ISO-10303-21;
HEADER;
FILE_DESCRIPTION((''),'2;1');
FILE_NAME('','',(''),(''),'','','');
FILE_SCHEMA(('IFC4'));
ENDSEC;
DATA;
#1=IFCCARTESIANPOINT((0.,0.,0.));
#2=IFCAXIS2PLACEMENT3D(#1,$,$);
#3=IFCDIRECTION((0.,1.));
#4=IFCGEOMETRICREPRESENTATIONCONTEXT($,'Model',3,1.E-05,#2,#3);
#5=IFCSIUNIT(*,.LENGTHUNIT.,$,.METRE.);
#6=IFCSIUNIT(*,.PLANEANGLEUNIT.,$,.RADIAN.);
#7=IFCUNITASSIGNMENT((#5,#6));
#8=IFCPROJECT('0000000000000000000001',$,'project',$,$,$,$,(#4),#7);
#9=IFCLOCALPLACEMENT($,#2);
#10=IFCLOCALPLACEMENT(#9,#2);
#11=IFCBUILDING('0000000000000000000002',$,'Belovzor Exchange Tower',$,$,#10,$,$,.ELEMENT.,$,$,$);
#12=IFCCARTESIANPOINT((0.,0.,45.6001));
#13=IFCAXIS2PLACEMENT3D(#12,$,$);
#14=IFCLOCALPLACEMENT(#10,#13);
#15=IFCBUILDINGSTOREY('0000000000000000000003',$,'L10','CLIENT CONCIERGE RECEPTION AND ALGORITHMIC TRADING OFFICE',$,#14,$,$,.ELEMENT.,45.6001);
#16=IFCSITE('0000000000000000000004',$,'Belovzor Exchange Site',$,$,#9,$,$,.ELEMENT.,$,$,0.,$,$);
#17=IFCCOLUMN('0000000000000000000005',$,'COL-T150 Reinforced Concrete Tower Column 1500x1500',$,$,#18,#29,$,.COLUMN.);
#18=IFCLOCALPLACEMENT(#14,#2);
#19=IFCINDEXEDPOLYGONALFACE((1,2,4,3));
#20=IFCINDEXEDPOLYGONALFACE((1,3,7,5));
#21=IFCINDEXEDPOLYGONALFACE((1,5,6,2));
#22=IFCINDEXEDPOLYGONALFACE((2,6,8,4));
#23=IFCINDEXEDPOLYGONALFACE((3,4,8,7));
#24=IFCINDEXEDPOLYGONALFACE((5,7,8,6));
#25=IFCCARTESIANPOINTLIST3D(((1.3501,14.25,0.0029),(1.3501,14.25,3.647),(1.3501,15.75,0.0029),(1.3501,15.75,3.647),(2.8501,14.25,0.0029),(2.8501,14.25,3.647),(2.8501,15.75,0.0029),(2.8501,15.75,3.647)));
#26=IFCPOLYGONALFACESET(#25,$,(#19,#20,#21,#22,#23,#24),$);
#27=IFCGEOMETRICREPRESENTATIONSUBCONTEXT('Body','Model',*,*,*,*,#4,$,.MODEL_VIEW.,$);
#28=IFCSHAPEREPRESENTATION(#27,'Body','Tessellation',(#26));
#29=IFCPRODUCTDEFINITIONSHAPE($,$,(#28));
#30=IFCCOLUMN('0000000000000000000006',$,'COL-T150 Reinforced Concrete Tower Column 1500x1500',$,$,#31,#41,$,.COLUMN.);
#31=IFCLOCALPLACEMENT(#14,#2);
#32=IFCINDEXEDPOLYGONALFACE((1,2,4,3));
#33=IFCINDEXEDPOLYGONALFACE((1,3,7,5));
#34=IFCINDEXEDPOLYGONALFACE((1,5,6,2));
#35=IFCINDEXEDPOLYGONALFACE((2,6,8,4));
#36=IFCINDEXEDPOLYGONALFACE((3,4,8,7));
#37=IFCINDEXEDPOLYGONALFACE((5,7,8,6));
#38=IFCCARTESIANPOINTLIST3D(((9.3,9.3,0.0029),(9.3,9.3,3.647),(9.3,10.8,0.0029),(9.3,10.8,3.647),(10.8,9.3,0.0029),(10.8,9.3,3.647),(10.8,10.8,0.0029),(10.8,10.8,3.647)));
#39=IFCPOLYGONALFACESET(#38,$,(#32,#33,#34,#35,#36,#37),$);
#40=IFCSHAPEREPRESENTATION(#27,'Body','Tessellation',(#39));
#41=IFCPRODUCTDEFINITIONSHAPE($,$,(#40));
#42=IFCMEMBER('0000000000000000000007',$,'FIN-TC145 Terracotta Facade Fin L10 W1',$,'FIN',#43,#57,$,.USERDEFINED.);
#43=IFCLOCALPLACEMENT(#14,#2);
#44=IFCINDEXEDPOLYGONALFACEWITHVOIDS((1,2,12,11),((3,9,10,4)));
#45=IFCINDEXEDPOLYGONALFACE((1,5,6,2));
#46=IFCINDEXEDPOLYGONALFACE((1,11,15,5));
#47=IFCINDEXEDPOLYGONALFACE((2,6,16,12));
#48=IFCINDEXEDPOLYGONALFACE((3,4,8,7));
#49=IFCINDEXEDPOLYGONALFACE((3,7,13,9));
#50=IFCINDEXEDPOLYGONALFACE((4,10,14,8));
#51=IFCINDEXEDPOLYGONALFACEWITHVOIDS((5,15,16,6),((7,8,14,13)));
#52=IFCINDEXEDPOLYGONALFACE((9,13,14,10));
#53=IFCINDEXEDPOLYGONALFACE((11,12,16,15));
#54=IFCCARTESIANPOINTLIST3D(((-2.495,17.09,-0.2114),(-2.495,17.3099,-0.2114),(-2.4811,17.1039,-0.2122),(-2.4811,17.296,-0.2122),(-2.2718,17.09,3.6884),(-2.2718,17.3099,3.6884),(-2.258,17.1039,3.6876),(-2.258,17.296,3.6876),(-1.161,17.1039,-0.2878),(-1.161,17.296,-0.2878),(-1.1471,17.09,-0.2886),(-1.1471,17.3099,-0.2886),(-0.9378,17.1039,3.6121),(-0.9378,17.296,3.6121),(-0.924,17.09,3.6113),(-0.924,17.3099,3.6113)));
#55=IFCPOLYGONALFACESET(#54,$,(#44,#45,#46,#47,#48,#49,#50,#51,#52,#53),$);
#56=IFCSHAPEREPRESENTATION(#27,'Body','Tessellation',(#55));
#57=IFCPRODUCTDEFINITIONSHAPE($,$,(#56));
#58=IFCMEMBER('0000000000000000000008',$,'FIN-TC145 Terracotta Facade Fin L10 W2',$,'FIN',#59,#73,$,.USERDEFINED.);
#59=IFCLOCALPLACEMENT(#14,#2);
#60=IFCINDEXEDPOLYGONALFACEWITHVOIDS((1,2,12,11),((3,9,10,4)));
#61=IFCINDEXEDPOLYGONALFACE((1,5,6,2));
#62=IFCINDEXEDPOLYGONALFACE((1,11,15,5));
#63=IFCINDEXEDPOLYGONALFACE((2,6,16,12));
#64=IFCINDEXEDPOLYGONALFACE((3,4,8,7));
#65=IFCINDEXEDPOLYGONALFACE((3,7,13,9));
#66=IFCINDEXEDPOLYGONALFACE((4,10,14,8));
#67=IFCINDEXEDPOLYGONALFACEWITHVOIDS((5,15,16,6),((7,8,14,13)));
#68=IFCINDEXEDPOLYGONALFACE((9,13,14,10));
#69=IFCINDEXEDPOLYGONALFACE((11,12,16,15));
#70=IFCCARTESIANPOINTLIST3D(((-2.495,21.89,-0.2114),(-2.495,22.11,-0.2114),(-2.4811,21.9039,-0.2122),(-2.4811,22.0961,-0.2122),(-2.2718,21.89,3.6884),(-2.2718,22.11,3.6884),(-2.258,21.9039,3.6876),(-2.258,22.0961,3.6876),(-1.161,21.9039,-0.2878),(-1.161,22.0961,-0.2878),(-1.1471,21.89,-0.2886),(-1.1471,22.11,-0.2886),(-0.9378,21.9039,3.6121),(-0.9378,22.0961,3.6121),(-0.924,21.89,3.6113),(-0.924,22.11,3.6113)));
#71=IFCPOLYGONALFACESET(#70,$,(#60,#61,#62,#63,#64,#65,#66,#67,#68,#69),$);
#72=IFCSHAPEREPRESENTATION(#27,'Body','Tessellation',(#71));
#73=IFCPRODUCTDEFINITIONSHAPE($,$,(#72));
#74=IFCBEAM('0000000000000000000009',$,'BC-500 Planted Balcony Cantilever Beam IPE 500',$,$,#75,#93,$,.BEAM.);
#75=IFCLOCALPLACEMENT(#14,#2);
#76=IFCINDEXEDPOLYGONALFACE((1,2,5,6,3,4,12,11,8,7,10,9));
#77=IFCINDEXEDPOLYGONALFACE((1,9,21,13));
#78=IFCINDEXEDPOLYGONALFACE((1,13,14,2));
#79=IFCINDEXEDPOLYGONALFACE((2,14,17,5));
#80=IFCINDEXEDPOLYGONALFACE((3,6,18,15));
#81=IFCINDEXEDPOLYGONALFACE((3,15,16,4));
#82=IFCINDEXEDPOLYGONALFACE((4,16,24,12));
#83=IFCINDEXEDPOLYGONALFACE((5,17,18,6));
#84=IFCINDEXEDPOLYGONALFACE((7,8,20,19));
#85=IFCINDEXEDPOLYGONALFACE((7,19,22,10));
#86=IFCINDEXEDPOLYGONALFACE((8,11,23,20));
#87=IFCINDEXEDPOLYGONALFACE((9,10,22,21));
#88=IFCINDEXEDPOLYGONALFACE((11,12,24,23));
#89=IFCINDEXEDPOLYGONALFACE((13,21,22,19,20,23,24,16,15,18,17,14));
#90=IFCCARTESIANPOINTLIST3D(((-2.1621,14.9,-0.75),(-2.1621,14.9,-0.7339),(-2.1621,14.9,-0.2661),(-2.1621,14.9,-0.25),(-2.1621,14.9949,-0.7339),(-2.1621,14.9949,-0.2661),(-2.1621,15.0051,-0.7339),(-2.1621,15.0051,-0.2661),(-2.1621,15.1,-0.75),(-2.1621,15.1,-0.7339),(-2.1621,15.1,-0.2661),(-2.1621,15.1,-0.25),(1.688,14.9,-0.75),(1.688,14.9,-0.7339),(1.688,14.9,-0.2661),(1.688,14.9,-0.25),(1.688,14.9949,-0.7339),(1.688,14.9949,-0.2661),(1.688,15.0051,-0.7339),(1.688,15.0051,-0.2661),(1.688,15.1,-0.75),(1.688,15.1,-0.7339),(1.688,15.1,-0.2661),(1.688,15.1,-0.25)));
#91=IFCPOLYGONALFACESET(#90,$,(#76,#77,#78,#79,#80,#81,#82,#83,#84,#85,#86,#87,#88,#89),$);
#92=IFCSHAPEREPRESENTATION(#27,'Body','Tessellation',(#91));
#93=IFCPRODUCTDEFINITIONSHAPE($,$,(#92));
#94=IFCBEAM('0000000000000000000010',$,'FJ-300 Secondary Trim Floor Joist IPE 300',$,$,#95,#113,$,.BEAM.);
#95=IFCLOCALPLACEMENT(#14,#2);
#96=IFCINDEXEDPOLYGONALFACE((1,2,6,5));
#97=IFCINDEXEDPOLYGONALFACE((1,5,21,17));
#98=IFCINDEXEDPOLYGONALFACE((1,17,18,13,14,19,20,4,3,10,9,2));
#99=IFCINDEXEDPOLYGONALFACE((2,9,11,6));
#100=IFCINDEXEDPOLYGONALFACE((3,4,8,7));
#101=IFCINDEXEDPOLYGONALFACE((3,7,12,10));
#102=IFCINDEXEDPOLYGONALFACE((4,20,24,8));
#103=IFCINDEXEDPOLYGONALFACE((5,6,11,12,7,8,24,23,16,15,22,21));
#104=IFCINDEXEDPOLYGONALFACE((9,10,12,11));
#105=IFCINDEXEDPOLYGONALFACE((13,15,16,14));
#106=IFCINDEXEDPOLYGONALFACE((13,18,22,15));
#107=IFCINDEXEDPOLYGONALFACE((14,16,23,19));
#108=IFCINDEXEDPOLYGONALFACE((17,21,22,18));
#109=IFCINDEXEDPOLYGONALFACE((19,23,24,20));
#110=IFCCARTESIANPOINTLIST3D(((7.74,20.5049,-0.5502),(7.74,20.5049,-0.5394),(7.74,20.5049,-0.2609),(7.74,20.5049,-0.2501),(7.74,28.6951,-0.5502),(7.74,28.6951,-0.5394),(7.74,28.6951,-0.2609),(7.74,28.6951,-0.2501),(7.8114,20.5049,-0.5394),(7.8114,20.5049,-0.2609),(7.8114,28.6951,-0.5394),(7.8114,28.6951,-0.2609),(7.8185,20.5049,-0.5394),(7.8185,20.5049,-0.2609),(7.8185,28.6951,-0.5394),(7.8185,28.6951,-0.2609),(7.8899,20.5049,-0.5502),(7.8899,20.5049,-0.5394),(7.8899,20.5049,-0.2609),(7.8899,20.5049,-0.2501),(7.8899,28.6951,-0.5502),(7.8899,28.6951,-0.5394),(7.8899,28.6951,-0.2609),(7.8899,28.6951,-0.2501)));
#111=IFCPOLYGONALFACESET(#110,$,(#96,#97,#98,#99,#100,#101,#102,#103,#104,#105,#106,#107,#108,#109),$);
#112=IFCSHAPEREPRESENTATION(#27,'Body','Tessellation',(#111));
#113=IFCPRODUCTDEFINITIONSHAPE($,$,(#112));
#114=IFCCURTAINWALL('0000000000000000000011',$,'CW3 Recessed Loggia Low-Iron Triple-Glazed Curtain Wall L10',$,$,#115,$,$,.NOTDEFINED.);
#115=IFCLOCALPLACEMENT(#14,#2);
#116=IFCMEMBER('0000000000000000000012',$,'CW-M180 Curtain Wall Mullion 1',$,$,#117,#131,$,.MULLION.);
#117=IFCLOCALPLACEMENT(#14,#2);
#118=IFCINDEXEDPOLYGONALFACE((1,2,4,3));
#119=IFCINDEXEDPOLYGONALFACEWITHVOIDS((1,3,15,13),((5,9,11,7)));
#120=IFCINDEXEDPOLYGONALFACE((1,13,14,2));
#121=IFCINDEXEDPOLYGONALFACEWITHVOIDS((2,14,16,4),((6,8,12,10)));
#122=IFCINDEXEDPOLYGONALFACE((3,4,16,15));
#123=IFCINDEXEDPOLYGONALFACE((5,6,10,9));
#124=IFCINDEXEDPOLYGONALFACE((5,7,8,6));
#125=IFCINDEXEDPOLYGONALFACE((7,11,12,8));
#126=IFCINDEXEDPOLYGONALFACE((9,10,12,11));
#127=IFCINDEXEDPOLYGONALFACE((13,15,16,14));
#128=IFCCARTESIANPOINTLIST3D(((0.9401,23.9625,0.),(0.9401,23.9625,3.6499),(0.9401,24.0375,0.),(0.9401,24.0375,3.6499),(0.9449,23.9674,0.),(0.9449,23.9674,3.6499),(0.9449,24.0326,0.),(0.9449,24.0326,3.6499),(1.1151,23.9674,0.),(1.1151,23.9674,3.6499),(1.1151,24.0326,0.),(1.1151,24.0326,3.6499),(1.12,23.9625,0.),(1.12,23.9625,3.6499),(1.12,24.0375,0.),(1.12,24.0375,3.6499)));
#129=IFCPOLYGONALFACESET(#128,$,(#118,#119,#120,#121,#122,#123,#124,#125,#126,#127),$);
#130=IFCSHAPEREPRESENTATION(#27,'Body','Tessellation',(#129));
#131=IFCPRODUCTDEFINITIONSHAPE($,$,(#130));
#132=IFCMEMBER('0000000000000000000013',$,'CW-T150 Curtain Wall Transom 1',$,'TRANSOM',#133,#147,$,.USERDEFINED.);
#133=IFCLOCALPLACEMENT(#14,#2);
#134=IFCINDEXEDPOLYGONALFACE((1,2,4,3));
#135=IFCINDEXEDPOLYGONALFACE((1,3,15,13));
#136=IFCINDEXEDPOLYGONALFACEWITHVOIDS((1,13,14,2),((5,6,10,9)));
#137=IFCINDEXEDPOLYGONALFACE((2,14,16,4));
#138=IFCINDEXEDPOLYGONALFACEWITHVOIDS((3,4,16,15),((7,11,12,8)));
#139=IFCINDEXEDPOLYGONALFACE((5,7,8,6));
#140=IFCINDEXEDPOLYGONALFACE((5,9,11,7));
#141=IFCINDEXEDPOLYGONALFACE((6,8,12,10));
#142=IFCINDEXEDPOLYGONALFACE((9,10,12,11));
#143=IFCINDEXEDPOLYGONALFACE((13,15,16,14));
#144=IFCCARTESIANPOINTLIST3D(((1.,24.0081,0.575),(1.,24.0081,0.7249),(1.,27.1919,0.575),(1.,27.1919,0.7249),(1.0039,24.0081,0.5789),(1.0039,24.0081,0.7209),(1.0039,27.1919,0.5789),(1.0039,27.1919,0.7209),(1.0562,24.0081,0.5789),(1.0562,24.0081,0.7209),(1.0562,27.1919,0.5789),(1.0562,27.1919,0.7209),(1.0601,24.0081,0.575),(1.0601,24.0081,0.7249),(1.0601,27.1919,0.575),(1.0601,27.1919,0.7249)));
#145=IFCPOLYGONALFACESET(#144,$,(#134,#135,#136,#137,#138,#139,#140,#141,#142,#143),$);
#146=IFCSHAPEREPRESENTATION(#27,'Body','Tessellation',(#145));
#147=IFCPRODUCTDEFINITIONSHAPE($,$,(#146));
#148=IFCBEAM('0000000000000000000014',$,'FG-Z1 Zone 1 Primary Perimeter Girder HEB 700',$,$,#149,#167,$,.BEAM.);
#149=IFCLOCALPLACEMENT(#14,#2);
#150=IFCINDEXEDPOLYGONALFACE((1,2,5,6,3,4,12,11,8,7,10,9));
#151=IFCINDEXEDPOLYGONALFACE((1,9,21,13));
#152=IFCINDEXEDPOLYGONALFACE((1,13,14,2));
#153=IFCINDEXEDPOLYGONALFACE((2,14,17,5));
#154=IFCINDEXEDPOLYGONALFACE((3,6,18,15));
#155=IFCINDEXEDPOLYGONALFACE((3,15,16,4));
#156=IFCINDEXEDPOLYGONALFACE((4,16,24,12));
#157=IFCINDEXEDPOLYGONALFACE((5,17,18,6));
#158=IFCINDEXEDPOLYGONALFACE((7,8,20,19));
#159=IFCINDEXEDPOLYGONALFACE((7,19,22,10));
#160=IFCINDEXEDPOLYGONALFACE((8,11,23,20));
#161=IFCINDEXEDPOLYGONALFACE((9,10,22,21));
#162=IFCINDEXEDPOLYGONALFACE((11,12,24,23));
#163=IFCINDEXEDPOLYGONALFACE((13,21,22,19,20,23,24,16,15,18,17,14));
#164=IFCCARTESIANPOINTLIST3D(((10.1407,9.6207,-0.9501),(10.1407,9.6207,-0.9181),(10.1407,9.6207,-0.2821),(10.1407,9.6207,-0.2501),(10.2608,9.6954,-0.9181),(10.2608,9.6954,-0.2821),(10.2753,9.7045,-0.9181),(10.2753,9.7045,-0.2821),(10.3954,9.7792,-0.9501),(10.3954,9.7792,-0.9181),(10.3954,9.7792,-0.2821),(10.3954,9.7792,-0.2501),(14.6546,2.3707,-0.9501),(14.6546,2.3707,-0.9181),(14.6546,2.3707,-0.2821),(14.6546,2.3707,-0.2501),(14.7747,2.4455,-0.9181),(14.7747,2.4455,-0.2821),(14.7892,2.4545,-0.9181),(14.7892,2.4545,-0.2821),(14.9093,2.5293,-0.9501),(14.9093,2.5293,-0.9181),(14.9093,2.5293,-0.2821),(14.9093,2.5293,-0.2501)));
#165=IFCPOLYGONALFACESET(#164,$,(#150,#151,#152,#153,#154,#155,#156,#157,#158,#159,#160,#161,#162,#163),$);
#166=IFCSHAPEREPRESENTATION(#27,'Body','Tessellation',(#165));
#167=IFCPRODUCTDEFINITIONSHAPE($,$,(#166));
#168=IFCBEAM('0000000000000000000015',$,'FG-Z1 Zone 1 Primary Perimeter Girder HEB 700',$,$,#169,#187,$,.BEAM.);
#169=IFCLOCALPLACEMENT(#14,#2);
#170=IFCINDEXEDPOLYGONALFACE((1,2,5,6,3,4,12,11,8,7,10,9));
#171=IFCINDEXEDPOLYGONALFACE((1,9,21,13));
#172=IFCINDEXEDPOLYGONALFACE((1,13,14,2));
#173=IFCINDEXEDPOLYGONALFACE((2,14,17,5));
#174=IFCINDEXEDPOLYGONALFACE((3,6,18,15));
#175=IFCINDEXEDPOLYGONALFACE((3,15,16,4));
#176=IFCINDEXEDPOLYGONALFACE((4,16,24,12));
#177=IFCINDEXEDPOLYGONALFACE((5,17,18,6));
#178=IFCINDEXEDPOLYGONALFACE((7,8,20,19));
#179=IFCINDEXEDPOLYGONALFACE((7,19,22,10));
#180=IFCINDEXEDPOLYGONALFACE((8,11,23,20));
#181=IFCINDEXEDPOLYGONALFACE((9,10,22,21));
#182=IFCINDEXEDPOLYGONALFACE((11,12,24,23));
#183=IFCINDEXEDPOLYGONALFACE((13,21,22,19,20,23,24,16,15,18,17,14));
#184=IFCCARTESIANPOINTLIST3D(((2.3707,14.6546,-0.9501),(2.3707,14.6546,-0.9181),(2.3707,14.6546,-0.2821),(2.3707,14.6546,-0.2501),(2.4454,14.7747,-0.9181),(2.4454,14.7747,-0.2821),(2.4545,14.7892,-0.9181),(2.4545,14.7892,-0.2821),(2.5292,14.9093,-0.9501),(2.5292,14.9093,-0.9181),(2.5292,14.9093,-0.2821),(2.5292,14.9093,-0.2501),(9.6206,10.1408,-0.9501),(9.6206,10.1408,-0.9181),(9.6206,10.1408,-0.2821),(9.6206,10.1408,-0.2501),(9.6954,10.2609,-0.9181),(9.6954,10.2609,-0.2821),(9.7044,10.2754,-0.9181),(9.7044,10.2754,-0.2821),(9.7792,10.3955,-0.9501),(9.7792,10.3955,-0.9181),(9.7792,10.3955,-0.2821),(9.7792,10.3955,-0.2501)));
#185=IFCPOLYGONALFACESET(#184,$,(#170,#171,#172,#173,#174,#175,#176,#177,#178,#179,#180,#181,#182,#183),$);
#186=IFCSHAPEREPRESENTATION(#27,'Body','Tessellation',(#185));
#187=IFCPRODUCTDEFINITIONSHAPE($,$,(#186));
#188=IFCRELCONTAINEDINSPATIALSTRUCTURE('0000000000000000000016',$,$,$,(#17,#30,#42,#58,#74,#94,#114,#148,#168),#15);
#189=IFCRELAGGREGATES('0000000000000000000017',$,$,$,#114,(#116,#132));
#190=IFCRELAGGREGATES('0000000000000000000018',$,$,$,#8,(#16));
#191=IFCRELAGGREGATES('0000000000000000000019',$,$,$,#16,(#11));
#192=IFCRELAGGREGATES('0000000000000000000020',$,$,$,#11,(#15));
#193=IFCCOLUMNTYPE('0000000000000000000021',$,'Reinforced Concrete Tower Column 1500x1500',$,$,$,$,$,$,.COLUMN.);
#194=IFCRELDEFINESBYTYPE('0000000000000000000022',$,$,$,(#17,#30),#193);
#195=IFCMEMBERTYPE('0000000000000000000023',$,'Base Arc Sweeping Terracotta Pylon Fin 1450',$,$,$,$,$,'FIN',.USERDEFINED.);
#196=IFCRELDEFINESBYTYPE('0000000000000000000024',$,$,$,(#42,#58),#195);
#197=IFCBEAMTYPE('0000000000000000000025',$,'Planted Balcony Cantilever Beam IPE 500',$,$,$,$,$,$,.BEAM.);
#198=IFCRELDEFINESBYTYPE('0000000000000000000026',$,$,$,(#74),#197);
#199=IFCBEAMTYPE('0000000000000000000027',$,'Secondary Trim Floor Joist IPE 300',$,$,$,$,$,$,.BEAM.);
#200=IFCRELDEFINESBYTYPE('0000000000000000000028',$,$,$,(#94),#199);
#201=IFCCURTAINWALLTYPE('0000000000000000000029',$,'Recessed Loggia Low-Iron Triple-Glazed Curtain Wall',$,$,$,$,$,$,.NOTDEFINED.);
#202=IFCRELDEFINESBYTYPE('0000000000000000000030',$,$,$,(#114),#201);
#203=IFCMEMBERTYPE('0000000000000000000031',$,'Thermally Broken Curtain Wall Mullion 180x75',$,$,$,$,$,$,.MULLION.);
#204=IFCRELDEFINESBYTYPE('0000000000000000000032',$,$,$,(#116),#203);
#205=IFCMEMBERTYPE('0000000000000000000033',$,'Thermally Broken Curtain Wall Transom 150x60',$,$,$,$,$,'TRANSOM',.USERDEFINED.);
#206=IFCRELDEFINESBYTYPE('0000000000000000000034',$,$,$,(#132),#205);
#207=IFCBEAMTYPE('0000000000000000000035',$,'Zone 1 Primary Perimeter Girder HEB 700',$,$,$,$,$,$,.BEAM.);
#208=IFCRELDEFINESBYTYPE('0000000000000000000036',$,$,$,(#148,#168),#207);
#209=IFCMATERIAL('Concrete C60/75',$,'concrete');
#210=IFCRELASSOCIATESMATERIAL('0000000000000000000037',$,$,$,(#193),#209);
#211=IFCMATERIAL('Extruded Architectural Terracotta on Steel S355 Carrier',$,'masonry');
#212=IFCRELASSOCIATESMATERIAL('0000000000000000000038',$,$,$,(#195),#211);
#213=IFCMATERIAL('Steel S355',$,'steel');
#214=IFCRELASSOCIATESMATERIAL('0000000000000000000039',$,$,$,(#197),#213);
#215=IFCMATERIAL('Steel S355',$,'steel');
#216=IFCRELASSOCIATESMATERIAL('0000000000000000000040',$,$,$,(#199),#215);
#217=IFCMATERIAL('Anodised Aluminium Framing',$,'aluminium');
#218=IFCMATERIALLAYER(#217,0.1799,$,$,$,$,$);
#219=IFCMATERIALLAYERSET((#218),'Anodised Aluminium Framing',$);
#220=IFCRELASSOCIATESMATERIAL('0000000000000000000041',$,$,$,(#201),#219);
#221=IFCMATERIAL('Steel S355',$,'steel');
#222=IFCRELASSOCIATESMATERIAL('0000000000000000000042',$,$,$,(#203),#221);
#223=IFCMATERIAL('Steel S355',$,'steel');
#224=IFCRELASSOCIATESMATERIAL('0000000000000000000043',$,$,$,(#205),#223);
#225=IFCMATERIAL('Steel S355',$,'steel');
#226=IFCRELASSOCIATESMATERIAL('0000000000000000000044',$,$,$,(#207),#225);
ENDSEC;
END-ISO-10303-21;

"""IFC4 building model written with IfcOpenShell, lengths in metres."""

from ifc_helpers import new_model, si_unit, direction, frame, origin, origin_2d, place, context, subcontext, project, spatial, rectangle, hollow_rectangle, i_section, extrude, material, layer, layer_set, material_profile, profile_set, type_object, element, aggregate, save


model = new_model("IFC4")

# Units and contexts
model_context = context("Model", 3, precision=1e-05, world=origin(), true_north=direction((0.0, 1.0)))
body_context = subcontext(model_context, "Body", "Model", "MODEL_VIEW")
ifc_project = project(units=[si_unit("LENGTHUNIT", "METRE"), si_unit("PLANEANGLEUNIT", "RADIAN")], contexts=[model_context])

# Site, building, storey
site_placement = place(None, origin())
site = spatial("IfcSite", under=ifc_project, at=site_placement, Name="Belovzor Exchange Site", CompositionType="ELEMENT", RefElevation=0.0)
building_placement = place(site_placement, origin())
building = spatial("IfcBuilding", under=site, at=building_placement, Name="Belovzor Exchange Tower", CompositionType="ELEMENT")
storey_placement = place(building_placement, frame((0.0, 0.0, 45.6001)))
storey = spatial("IfcBuildingStorey", under=building, at=storey_placement, Name="L10", Description="CLIENT CONCIERGE RECEPTION AND ALGORITHMIC TRADING OFFICE", CompositionType="ELEMENT", Elevation=45.6001)

# Columns
ifc_material_1 = material(Name="Concrete C60/75", Category="concrete")
ifc_material_profile_1 = material_profile(ifc_material_1, rectangle(XDim=1.5, YDim=1.5, at=origin_2d()))
ifc_profile_set_1 = profile_set([ifc_material_profile_1], Name="Concrete C60/75")
column_type = type_object("IfcColumnType", Name="Reinforced Concrete Tower Column 1500x1500", PredefinedType="COLUMN", material=ifc_profile_set_1)
for number, where, z_axis, x_axis, name in (
    (1, (2.1001, 15.0, 0.0029), (0.0, 0.0, 1.0), (1.0, 0.0, 0.0), "COL-T150 Reinforced Concrete Tower Column 1500x1500"),
    (2, (10.05, 10.05, 0.0029), (0.0, 0.0, 1.0), (1.0, 0.0, 0.0), "COL-T150 Reinforced Concrete Tower Column 1500x1500"),
):
    element("IfcColumn", number, at=place(storey_placement, frame(where, z_axis=z_axis, x_axis=x_axis)), inside=storey, type_object=column_type, Name=name, PredefinedType="COLUMN", context=body_context, shape_type="SweptSolid", body=[
        extrude(rectangle(XDim=1.5, YDim=1.5, at=origin_2d()), origin(), (0.0, 0.0, 1.0), 3.644),
    ])

# Members
ifc_material_2 = material(Name="Extruded Architectural Terracotta on Steel S355 Carrier", Category="masonry")
ifc_material_profile_2 = material_profile(ifc_material_2, hollow_rectangle(XDim=0.22, YDim=1.3501, WallThickness=0.0139, at=origin_2d()))
ifc_profile_set_2 = profile_set([ifc_material_profile_2], Name="Extruded Architectural Terracotta on Steel S355 Carrier")
member_type_1 = type_object("IfcMemberType", Name="Base Arc Sweeping Terracotta Pylon Fin 1450", ElementType="FIN", PredefinedType="USERDEFINED", material=ifc_profile_set_2)
for number, where, z_axis, x_axis, name in (
    (3, (-1.821, 17.2, -0.25), (0.057125, 0.0, 0.998367), (0.0, 1.0, 0.0), "FIN-TC145 Terracotta Facade Fin L10 W1"),
    (4, (-1.821, 22.0, -0.25), (0.057125, 0.0, 0.998367), (0.0, 1.0, 0.0), "FIN-TC145 Terracotta Facade Fin L10 W2"),
):
    element("IfcMember", number, at=place(storey_placement, frame(where, z_axis=z_axis, x_axis=x_axis)), inside=storey, type_object=member_type_1, Name=name, ObjectType="FIN", PredefinedType="USERDEFINED", context=body_context, shape_type="SweptSolid", body=[
        extrude(hollow_rectangle(XDim=0.22, YDim=1.3501, WallThickness=0.0139, at=origin_2d()), origin(), (0.0, 0.0, 1.0), 3.9062),
    ])

# Beams
ifc_material_3 = material(Name="Steel S355", Category="steel")
ifc_material_profile_3 = material_profile(ifc_material_3, i_section(OverallWidth=0.2, OverallDepth=0.5, WebThickness=0.0103, FlangeThickness=0.0161, at=origin_2d()))
ifc_profile_set_3 = profile_set([ifc_material_profile_3], Name="Steel S355")
beam_type_1 = type_object("IfcBeamType", Name="Planted Balcony Cantilever Beam IPE 500", PredefinedType="BEAM", material=ifc_profile_set_3)
beam_1_placement = place(storey_placement, frame((1.688, 15.0, -0.5), z_axis=(-1.0, 0.0, 0.0), x_axis=(0.0, -1.0, 0.0)))
element("IfcBeam", 5, at=beam_1_placement, inside=storey, type_object=beam_type_1, Name="BC-500 Planted Balcony Cantilever Beam IPE 500", PredefinedType="BEAM", context=body_context, shape_type="SweptSolid", body=[
    extrude(i_section(OverallWidth=0.2, OverallDepth=0.5, WebThickness=0.0103, FlangeThickness=0.0161, at=origin_2d()), origin(), (0.0, 0.0, 1.0), 3.8501),
])
ifc_material_4 = material(Name="Steel S355", Category="steel")
ifc_material_profile_4 = material_profile(ifc_material_4, i_section(OverallWidth=0.1499, OverallDepth=0.3, WebThickness=0.0071, FlangeThickness=0.0107, at=origin_2d()))
ifc_profile_set_4 = profile_set([ifc_material_profile_4], Name="Steel S355")
beam_type_2 = type_object("IfcBeamType", Name="Secondary Trim Floor Joist IPE 300", PredefinedType="BEAM", material=ifc_profile_set_4)
beam_2_placement = place(storey_placement, frame((7.8149, 20.5049, -0.4001), z_axis=(0.0, 1.0, 0.0), x_axis=(-1.0, 0.0, 0.0)))
element("IfcBeam", 6, at=beam_2_placement, inside=storey, type_object=beam_type_2, Name="FJ-300 Secondary Trim Floor Joist IPE 300", PredefinedType="BEAM", context=body_context, shape_type="SweptSolid", body=[
    extrude(i_section(OverallWidth=0.1499, OverallDepth=0.3, WebThickness=0.0071, FlangeThickness=0.0107, at=origin_2d()), origin(), (0.0, 0.0, 1.0), 8.1902),
])

# Curtain wall, members
ifc_material_5 = material(Name="Anodised Aluminium Framing", Category="aluminium")
ifc_layer_1 = layer(ifc_material_5, 0.1799)
ifc_layer_set_1 = layer_set([ifc_layer_1], Name="Anodised Aluminium Framing")
curtain_wall_type = type_object("IfcCurtainWallType", Name="Recessed Loggia Low-Iron Triple-Glazed Curtain Wall", PredefinedType="NOTDEFINED", material=ifc_layer_set_1)
curtain_wall_placement = place(storey_placement, origin())
curtain_wall = element("IfcCurtainWall", 7, at=curtain_wall_placement, inside=storey, type_object=curtain_wall_type, Name="CW3 Recessed Loggia Low-Iron Triple-Glazed Curtain Wall L10", PredefinedType="NOTDEFINED")
ifc_material_6 = material(Name="Steel S355", Category="steel")
ifc_material_profile_5 = material_profile(ifc_material_6, hollow_rectangle(XDim=0.075, YDim=0.1799, WallThickness=0.0049, at=origin_2d()))
ifc_profile_set_5 = profile_set([ifc_material_profile_5], Name="Steel S355")
member_type_2 = type_object("IfcMemberType", Name="Thermally Broken Curtain Wall Mullion 180x75", PredefinedType="MULLION", material=ifc_profile_set_5)
member_1_placement = place(storey_placement, frame((1.03, 24.0, 0.0), z_axis=(0.0, 0.0, 1.0), x_axis=(0.0, 1.0, 0.0)))
member_1 = element("IfcMember", 8, at=member_1_placement, type_object=member_type_2, Name="CW-M180 Curtain Wall Mullion 1", PredefinedType="MULLION", context=body_context, shape_type="SweptSolid", body=[
    extrude(hollow_rectangle(XDim=0.075, YDim=0.1799, WallThickness=0.0049, at=origin_2d()), origin(), (0.0, 0.0, 1.0), 3.6499),
])
ifc_material_7 = material(Name="Steel S355", Category="steel")
ifc_material_profile_6 = material_profile(ifc_material_7, hollow_rectangle(XDim=0.0601, YDim=0.1499, WallThickness=0.0039, at=origin_2d()))
ifc_profile_set_6 = profile_set([ifc_material_profile_6], Name="Steel S355")
member_type_3 = type_object("IfcMemberType", Name="Thermally Broken Curtain Wall Transom 150x60", ElementType="TRANSOM", PredefinedType="USERDEFINED", material=ifc_profile_set_6)
member_2_placement = place(storey_placement, frame((1.03, 24.0081, 0.6499), z_axis=(0.0, 1.0, 0.0), x_axis=(-1.0, 0.0, 0.0)))
member_2 = element("IfcMember", 9, at=member_2_placement, type_object=member_type_3, Name="CW-T150 Curtain Wall Transom 1", ObjectType="TRANSOM", PredefinedType="USERDEFINED", context=body_context, shape_type="SweptSolid", body=[
    extrude(hollow_rectangle(XDim=0.0601, YDim=0.1499, WallThickness=0.0039, at=origin_2d()), origin(), (0.0, 0.0, 1.0), 3.1838),
])

# Beams
ifc_material_8 = material(Name="Steel S355", Category="steel")
ifc_material_profile_7 = material_profile(ifc_material_8, i_section(OverallWidth=0.3, OverallDepth=0.7, WebThickness=0.0171, FlangeThickness=0.032, at=origin_2d()))
ifc_profile_set_7 = profile_set([ifc_material_profile_7], Name="Steel S355")
beam_type_3 = type_object("IfcBeamType", Name="Zone 1 Primary Perimeter Girder HEB 700", PredefinedType="BEAM", material=ifc_profile_set_7)
for number, where, z_axis, x_axis, name in (
    (10, (10.2681, 9.7, -0.6001), (0.528539, -0.848909, 0.0), (0.848909, 0.528539, 0.0), "FG-Z1 Zone 1 Primary Perimeter Girder HEB 700"),
    (11, (2.45, 14.782, -0.6001), (0.848909, -0.528539, 0.0), (0.528539, 0.848909, 0.0), "FG-Z1 Zone 1 Primary Perimeter Girder HEB 700"),
):
    element("IfcBeam", number, at=place(storey_placement, frame(where, z_axis=z_axis, x_axis=x_axis)), inside=storey, type_object=beam_type_3, Name=name, PredefinedType="BEAM", context=body_context, shape_type="SweptSolid", body=[
        extrude(i_section(OverallWidth=0.3, OverallDepth=0.7, WebThickness=0.0171, FlangeThickness=0.032, at=origin_2d()), origin(), (0.0, 0.0, 1.0), 8.5403),
    ])

aggregate(curtain_wall, [member_1, member_2])

save(model, "model.ifc")
